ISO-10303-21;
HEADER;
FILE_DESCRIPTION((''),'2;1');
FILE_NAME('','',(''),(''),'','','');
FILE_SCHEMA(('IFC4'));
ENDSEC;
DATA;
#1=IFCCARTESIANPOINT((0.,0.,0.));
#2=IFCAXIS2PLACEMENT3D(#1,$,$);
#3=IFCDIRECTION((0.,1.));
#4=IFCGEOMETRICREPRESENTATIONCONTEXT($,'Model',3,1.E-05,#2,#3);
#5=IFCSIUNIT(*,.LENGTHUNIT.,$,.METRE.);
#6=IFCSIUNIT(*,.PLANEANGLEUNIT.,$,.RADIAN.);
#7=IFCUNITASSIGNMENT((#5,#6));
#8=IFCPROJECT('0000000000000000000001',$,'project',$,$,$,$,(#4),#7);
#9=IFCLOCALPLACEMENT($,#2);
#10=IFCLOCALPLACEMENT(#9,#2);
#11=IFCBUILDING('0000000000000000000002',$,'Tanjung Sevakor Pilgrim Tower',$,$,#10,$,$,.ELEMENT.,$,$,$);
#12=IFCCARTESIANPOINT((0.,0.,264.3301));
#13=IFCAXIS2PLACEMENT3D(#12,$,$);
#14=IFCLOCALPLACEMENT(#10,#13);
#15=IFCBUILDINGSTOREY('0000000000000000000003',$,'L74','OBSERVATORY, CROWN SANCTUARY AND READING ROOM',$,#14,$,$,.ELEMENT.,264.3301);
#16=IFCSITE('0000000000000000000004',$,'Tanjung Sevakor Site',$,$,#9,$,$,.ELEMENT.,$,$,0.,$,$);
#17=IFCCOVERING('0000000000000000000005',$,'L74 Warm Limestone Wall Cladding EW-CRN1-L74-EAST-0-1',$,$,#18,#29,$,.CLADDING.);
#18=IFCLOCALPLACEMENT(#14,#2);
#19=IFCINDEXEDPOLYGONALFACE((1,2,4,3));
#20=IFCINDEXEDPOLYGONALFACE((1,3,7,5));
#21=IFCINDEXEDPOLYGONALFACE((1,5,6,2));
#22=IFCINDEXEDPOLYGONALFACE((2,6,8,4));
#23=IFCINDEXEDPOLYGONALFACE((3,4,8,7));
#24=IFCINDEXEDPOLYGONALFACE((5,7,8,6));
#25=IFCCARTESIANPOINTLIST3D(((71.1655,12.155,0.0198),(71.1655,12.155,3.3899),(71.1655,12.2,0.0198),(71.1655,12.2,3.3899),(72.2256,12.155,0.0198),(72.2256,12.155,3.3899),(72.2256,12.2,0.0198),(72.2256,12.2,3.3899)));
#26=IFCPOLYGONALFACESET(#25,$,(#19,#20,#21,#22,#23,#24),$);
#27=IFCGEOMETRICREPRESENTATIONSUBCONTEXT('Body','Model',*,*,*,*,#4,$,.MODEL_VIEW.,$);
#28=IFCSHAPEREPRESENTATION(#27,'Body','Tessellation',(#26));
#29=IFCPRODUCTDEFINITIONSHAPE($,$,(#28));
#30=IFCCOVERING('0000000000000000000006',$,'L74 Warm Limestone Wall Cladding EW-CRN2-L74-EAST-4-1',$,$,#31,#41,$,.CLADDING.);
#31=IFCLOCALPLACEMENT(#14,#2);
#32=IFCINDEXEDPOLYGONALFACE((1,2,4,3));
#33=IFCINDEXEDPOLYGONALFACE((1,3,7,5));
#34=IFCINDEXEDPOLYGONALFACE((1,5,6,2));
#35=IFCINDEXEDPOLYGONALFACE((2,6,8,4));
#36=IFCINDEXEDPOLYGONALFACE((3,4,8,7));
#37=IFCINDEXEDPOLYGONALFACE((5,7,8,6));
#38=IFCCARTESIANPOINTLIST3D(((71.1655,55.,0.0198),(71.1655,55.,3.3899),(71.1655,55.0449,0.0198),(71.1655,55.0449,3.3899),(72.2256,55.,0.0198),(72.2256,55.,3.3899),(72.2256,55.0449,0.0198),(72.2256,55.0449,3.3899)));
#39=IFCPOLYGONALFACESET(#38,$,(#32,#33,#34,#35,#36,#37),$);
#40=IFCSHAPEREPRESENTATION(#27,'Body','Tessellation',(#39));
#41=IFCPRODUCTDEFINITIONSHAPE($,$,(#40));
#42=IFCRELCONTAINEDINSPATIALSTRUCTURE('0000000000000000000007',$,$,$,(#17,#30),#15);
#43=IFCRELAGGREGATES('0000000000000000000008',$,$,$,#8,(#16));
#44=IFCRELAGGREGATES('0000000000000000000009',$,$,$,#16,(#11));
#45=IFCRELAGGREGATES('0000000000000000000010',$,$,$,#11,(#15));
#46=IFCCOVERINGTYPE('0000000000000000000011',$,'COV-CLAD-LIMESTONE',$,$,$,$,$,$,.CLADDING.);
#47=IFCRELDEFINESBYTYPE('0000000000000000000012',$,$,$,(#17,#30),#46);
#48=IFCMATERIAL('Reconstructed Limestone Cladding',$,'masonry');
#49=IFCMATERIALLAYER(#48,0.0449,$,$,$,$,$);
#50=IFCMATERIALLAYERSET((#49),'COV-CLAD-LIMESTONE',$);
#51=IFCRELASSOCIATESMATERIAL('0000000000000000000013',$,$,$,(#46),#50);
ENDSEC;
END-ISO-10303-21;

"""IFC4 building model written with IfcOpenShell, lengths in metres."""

from ifc_helpers import new_model, si_unit, direction, frame, origin, origin_2d, place, context, subcontext, project, spatial, rectangle, extrude, material, layer, layer_set, type_object, element, save


model = new_model("IFC4")

# Units and contexts
model_context = context("Model", 3, precision=1e-05, world=origin(), true_north=direction((0.0, 1.0)))
body_context = subcontext(model_context, "Body", "Model", "MODEL_VIEW")
ifc_project = project(units=[si_unit("LENGTHUNIT", "METRE"), si_unit("PLANEANGLEUNIT", "RADIAN")], contexts=[model_context])

# Site, building, storey
site_placement = place(None, origin())
site = spatial("IfcSite", under=ifc_project, at=site_placement, Name="Tanjung Sevakor Site", CompositionType="ELEMENT", RefElevation=0.0)
building_placement = place(site_placement, origin())
building = spatial("IfcBuilding", under=site, at=building_placement, Name="Tanjung Sevakor Pilgrim Tower", CompositionType="ELEMENT")
storey_placement = place(building_placement, frame((0.0, 0.0, 264.3301)))
storey = spatial("IfcBuildingStorey", under=building, at=storey_placement, Name="L74", Description="OBSERVATORY, CROWN SANCTUARY AND READING ROOM", CompositionType="ELEMENT", Elevation=264.3301)

# Coverings
ifc_material_1 = material(Name="Reconstructed Limestone Cladding", Category="masonry")
ifc_layer_1 = layer(ifc_material_1, 0.0449)
ifc_layer_set_1 = layer_set([ifc_layer_1], Name="COV-CLAD-LIMESTONE")
covering_type = type_object("IfcCoveringType", Name="COV-CLAD-LIMESTONE", PredefinedType="CLADDING", material=ifc_layer_set_1)
for number, where, z_axis, x_axis, name in (
    (1, (71.6956, 12.1775, 0.0198), (0.0, 0.0, 1.0), (1.0, 0.0, 0.0), "L74 Warm Limestone Wall Cladding EW-CRN1-L74-EAST-0-1"),
    (2, (71.6956, 55.0225, 0.0198), (0.0, 0.0, 1.0), (-1.0, 0.0, 0.0), "L74 Warm Limestone Wall Cladding EW-CRN2-L74-EAST-4-1"),
):
    element("IfcCovering", number, at=place(storey_placement, frame(where, z_axis=z_axis, x_axis=x_axis)), inside=storey, type_object=covering_type, Name=name, PredefinedType="CLADDING", context=body_context, shape_type="SweptSolid", body=[
        extrude(rectangle(XDim=1.0601, YDim=0.0449, at=origin_2d()), origin(), (0.0, 0.0, 1.0), 3.3701),
    ])

save(model, "model.ifc")
